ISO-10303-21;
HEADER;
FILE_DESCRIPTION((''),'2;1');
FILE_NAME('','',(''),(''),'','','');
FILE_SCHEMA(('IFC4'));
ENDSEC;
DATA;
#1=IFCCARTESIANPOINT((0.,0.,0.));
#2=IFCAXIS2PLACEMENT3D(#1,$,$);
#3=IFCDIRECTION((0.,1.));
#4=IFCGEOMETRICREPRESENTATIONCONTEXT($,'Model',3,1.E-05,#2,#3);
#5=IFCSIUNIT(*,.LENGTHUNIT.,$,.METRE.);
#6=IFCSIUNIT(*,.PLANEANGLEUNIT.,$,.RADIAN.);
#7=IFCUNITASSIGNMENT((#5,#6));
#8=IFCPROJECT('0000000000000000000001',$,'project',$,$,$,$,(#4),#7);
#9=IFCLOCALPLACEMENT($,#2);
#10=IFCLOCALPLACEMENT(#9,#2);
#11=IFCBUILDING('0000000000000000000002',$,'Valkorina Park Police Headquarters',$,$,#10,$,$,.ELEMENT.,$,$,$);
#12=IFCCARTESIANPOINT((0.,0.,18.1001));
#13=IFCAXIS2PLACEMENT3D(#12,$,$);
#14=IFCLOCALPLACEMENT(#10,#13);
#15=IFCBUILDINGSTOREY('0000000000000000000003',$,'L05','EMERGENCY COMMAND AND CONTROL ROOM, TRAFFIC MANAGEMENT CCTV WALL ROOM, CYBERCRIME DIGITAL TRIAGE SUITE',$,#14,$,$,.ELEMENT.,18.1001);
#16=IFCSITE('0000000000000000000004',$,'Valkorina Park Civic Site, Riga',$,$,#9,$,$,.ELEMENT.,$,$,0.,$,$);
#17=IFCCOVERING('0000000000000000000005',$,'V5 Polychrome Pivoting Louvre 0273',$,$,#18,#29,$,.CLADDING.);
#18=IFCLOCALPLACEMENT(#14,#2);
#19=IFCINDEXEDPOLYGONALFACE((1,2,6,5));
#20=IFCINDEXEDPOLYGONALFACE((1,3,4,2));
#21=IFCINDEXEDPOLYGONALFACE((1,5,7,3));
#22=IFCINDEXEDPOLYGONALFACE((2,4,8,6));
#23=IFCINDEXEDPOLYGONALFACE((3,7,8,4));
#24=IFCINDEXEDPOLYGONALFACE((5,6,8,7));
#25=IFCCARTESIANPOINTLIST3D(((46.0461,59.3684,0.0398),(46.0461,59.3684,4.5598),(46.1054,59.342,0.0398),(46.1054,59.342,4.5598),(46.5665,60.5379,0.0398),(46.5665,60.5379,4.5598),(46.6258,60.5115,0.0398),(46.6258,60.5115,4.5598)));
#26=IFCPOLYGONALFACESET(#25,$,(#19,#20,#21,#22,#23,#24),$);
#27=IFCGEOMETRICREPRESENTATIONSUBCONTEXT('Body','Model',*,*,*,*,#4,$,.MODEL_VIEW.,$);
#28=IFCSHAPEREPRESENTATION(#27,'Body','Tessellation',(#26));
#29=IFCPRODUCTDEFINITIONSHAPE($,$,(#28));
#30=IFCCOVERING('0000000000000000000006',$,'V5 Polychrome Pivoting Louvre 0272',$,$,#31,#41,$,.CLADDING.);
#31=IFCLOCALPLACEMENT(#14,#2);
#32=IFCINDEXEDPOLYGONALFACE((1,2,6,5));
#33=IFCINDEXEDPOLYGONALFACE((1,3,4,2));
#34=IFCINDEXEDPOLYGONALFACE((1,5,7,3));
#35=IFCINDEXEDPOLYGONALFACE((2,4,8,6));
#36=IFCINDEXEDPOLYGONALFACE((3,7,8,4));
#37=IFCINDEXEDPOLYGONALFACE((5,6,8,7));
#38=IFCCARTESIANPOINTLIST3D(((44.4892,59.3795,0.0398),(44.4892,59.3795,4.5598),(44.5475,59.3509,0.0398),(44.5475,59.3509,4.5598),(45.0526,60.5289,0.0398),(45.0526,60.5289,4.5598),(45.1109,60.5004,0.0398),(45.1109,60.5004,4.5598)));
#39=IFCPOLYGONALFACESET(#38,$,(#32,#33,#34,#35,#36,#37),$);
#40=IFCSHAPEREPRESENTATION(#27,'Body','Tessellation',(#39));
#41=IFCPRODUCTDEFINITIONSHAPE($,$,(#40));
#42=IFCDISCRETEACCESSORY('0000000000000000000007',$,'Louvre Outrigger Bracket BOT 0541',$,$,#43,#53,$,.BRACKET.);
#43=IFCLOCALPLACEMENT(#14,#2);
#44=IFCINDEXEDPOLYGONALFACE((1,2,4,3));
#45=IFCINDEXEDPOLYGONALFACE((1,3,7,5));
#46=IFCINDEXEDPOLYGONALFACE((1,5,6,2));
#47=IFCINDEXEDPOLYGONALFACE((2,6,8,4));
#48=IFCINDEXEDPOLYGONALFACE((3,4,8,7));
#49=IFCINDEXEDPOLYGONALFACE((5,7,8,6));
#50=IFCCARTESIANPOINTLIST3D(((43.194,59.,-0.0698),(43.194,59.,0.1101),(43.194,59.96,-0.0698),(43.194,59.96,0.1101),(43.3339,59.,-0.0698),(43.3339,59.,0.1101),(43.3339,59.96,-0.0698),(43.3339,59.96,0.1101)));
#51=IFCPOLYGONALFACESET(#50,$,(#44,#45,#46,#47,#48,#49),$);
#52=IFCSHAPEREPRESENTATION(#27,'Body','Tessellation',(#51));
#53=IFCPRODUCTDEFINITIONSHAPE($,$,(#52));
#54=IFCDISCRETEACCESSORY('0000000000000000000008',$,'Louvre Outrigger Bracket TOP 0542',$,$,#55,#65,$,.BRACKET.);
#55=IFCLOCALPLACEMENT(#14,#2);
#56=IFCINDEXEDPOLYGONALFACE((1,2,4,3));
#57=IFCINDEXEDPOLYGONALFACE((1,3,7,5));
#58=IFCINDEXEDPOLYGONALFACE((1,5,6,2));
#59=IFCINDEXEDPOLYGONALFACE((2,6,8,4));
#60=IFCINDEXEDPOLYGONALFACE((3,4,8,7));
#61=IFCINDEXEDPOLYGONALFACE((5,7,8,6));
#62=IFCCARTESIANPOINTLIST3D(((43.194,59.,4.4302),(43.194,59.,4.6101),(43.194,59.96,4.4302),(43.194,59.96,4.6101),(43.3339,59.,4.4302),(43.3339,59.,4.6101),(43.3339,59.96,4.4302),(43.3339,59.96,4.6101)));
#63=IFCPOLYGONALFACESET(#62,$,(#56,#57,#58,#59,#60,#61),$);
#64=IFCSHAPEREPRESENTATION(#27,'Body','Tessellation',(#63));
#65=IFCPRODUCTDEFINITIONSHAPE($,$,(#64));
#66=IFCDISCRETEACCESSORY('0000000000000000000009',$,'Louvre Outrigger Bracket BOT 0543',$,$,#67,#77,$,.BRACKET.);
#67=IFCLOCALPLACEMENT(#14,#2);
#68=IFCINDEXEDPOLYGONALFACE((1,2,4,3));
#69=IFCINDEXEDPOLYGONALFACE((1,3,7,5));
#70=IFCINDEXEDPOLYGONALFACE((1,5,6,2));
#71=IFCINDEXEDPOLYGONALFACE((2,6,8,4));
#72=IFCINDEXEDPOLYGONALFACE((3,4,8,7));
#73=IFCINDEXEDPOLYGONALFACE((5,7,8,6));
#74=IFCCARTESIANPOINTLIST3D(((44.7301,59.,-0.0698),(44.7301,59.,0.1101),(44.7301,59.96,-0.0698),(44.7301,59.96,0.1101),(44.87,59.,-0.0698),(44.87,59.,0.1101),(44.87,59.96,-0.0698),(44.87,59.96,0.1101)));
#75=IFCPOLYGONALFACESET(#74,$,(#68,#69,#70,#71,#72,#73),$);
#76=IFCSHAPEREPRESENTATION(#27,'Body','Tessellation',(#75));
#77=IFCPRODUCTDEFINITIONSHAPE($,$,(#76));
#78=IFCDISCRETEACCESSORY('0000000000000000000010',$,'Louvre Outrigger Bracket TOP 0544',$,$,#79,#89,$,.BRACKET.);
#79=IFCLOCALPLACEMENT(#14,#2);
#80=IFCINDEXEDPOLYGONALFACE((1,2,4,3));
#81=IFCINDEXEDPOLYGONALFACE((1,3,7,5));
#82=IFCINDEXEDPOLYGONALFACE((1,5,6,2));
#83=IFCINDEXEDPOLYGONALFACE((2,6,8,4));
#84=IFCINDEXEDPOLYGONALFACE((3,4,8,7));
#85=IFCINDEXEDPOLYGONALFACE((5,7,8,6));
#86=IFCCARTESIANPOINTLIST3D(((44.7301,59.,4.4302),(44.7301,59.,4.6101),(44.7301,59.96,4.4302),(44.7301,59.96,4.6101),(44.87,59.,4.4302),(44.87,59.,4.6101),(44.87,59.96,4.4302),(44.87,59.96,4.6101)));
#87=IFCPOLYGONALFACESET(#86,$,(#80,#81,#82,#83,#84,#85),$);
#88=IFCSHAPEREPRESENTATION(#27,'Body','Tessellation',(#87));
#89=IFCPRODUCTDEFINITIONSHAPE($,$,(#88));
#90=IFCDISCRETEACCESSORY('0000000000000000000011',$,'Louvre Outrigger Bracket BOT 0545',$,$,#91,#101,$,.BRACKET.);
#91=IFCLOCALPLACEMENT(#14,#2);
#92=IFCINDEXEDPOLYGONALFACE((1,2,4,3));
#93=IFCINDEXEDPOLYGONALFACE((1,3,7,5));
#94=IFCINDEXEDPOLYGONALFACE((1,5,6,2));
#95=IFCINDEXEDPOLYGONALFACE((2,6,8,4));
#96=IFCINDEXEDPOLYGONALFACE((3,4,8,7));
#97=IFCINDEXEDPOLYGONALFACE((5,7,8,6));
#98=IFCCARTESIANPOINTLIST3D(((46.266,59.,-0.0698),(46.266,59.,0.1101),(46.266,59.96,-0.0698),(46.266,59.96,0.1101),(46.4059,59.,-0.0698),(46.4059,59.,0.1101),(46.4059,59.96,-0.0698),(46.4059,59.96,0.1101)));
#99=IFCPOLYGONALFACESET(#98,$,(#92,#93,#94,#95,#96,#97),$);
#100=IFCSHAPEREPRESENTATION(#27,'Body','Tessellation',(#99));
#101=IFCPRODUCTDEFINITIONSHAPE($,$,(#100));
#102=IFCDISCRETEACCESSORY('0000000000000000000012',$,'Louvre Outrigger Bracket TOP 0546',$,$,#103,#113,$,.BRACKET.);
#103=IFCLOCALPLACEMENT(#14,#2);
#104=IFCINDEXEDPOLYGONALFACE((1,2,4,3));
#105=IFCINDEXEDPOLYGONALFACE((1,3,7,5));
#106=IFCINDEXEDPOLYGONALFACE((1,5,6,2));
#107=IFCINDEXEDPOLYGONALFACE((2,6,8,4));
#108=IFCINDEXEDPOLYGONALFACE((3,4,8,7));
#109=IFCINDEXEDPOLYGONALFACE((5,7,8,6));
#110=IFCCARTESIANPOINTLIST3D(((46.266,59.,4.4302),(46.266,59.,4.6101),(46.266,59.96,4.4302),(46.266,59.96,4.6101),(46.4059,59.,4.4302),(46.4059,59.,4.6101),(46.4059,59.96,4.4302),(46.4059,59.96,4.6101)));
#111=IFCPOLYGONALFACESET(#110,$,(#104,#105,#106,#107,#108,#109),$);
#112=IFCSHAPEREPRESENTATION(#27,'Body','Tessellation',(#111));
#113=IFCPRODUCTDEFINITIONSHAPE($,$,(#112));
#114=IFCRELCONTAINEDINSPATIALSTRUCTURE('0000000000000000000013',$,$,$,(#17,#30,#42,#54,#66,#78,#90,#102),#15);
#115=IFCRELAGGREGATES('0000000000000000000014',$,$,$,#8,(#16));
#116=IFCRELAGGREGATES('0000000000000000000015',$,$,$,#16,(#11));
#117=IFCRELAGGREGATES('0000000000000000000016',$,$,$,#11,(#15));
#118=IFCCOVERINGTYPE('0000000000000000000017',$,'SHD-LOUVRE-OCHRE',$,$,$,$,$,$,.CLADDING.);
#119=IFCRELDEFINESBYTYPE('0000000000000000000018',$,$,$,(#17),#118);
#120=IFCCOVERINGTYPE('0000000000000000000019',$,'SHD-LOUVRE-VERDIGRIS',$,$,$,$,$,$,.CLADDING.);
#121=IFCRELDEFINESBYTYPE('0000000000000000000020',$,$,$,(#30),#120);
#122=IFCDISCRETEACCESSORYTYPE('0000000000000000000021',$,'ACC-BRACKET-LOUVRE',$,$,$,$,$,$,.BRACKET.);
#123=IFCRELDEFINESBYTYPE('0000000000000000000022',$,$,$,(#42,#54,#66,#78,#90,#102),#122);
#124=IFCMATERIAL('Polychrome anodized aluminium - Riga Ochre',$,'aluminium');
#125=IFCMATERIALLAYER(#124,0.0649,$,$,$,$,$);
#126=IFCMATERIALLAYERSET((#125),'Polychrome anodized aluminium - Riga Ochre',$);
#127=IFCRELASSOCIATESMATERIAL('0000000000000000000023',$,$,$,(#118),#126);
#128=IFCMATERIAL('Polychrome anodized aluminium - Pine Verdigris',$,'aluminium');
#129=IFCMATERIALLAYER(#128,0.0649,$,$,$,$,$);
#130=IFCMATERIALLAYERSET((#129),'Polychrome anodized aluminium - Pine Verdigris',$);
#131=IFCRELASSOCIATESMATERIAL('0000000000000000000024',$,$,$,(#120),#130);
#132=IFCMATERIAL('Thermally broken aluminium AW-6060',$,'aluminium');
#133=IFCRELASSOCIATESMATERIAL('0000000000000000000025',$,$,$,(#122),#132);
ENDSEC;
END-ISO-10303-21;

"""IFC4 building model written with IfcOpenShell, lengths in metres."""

from ifc_helpers import new_model, si_unit, direction, frame, origin, origin_2d, place, context, subcontext, project, spatial, rectangle, extrude, material, layer, layer_set, type_object, element, save


model = new_model("IFC4")

# Units and contexts
model_context = context("Model", 3, precision=1e-05, world=origin(), true_north=direction((0.0, 1.0)))
body_context = subcontext(model_context, "Body", "Model", "MODEL_VIEW")
ifc_project = project(units=[si_unit("LENGTHUNIT", "METRE"), si_unit("PLANEANGLEUNIT", "RADIAN")], contexts=[model_context])

# Site, building, storey
site_placement = place(None, origin())
site = spatial("IfcSite", under=ifc_project, at=site_placement, Name="Valkorina Park Civic Site, Riga", CompositionType="ELEMENT", RefElevation=0.0)
building_placement = place(site_placement, origin())
building = spatial("IfcBuilding", under=site, at=building_placement, Name="Valkorina Park Police Headquarters", CompositionType="ELEMENT")
storey_placement = place(building_placement, frame((0.0, 0.0, 18.1001)))
storey = spatial("IfcBuildingStorey", under=building, at=storey_placement, Name="L05", Description="EMERGENCY COMMAND AND CONTROL ROOM, TRAFFIC MANAGEMENT CCTV WALL ROOM, CYBERCRIME DIGITAL TRIAGE SUITE", CompositionType="ELEMENT", Elevation=18.1001)

# Shared definitions
ifc_material_1 = material(Name="Thermally broken aluminium AW-6060", Category="aluminium")

# Coverings
ifc_material_2 = material(Name="Polychrome anodized aluminium - Riga Ochre", Category="aluminium")
ifc_layer_1 = layer(ifc_material_2, 0.0649)
ifc_layer_set_1 = layer_set([ifc_layer_1], Name="Polychrome anodized aluminium - Riga Ochre")
covering_type_1 = type_object("IfcCoveringType", Name="SHD-LOUVRE-OCHRE", PredefinedType="CLADDING", material=ifc_layer_set_1)
covering_1_placement = place(storey_placement, frame((46.3359, 59.9399, 0.0398), z_axis=(0.0, 0.0, 1.0), x_axis=(0.406577, 0.913616, 0.0)))
element("IfcCovering", 1, at=covering_1_placement, inside=storey, type_object=covering_type_1, Name="V5 Polychrome Pivoting Louvre 0273", PredefinedType="CLADDING", context=body_context, shape_type="SweptSolid", body=[
    extrude(rectangle(XDim=1.28, YDim=0.0649, at=origin_2d()), origin(), (0.0, 0.0, 1.0), 4.52),
])
ifc_material_3 = material(Name="Polychrome anodized aluminium - Pine Verdigris", Category="aluminium")
ifc_layer_2 = layer(ifc_material_3, 0.0649)
ifc_layer_set_2 = layer_set([ifc_layer_2], Name="Polychrome anodized aluminium - Pine Verdigris")
covering_type_2 = type_object("IfcCoveringType", Name="SHD-LOUVRE-VERDIGRIS", PredefinedType="CLADDING", material=ifc_layer_set_2)
covering_2_placement = place(storey_placement, frame((44.8, 59.9399, 0.0398), z_axis=(0.0, 0.0, 1.0), x_axis=(0.440096, 0.897951, 0.0)))
element("IfcCovering", 2, at=covering_2_placement, inside=storey, type_object=covering_type_2, Name="V5 Polychrome Pivoting Louvre 0272", PredefinedType="CLADDING", context=body_context, shape_type="SweptSolid", body=[
    extrude(rectangle(XDim=1.28, YDim=0.0649, at=origin_2d()), origin(), (0.0, 0.0, 1.0), 4.52),
])

# Discrete accessories
discrete_accessory_type = type_object("IfcDiscreteAccessoryType", Name="ACC-BRACKET-LOUVRE", PredefinedType="BRACKET", material=ifc_material_1)
for number, where, z_axis, x_axis, name in (
    (3, (43.2639, 59.48, -0.0698), (0.0, 0.0, 1.0), (0.0, 1.0, 0.0), "Louvre Outrigger Bracket BOT 0541"),
    (4, (43.2639, 59.48, 4.4302), (0.0, 0.0, 1.0), (0.0, 1.0, 0.0), "Louvre Outrigger Bracket TOP 0542"),
    (5, (44.8, 59.48, -0.0698), (0.0, 0.0, 1.0), (0.0, 1.0, 0.0), "Louvre Outrigger Bracket BOT 0543"),
    (6, (44.8, 59.48, 4.4302), (0.0, 0.0, 1.0), (0.0, 1.0, 0.0), "Louvre Outrigger Bracket TOP 0544"),
    (7, (46.3359, 59.48, -0.0698), (0.0, 0.0, 1.0), (0.0, 1.0, 0.0), "Louvre Outrigger Bracket BOT 0545"),
    (8, (46.3359, 59.48, 4.4302), (0.0, 0.0, 1.0), (0.0, 1.0, 0.0), "Louvre Outrigger Bracket TOP 0546"),
):
    element("IfcDiscreteAccessory", number, at=place(storey_placement, frame(where, z_axis=z_axis, x_axis=x_axis)), inside=storey, type_object=discrete_accessory_type, Name=name, PredefinedType="BRACKET", context=body_context, shape_type="SweptSolid", body=[
        extrude(rectangle(XDim=0.96, YDim=0.1399, at=origin_2d()), origin(), (0.0, 0.0, 1.0), 0.1799),
    ])

save(model, "model.ifc")
